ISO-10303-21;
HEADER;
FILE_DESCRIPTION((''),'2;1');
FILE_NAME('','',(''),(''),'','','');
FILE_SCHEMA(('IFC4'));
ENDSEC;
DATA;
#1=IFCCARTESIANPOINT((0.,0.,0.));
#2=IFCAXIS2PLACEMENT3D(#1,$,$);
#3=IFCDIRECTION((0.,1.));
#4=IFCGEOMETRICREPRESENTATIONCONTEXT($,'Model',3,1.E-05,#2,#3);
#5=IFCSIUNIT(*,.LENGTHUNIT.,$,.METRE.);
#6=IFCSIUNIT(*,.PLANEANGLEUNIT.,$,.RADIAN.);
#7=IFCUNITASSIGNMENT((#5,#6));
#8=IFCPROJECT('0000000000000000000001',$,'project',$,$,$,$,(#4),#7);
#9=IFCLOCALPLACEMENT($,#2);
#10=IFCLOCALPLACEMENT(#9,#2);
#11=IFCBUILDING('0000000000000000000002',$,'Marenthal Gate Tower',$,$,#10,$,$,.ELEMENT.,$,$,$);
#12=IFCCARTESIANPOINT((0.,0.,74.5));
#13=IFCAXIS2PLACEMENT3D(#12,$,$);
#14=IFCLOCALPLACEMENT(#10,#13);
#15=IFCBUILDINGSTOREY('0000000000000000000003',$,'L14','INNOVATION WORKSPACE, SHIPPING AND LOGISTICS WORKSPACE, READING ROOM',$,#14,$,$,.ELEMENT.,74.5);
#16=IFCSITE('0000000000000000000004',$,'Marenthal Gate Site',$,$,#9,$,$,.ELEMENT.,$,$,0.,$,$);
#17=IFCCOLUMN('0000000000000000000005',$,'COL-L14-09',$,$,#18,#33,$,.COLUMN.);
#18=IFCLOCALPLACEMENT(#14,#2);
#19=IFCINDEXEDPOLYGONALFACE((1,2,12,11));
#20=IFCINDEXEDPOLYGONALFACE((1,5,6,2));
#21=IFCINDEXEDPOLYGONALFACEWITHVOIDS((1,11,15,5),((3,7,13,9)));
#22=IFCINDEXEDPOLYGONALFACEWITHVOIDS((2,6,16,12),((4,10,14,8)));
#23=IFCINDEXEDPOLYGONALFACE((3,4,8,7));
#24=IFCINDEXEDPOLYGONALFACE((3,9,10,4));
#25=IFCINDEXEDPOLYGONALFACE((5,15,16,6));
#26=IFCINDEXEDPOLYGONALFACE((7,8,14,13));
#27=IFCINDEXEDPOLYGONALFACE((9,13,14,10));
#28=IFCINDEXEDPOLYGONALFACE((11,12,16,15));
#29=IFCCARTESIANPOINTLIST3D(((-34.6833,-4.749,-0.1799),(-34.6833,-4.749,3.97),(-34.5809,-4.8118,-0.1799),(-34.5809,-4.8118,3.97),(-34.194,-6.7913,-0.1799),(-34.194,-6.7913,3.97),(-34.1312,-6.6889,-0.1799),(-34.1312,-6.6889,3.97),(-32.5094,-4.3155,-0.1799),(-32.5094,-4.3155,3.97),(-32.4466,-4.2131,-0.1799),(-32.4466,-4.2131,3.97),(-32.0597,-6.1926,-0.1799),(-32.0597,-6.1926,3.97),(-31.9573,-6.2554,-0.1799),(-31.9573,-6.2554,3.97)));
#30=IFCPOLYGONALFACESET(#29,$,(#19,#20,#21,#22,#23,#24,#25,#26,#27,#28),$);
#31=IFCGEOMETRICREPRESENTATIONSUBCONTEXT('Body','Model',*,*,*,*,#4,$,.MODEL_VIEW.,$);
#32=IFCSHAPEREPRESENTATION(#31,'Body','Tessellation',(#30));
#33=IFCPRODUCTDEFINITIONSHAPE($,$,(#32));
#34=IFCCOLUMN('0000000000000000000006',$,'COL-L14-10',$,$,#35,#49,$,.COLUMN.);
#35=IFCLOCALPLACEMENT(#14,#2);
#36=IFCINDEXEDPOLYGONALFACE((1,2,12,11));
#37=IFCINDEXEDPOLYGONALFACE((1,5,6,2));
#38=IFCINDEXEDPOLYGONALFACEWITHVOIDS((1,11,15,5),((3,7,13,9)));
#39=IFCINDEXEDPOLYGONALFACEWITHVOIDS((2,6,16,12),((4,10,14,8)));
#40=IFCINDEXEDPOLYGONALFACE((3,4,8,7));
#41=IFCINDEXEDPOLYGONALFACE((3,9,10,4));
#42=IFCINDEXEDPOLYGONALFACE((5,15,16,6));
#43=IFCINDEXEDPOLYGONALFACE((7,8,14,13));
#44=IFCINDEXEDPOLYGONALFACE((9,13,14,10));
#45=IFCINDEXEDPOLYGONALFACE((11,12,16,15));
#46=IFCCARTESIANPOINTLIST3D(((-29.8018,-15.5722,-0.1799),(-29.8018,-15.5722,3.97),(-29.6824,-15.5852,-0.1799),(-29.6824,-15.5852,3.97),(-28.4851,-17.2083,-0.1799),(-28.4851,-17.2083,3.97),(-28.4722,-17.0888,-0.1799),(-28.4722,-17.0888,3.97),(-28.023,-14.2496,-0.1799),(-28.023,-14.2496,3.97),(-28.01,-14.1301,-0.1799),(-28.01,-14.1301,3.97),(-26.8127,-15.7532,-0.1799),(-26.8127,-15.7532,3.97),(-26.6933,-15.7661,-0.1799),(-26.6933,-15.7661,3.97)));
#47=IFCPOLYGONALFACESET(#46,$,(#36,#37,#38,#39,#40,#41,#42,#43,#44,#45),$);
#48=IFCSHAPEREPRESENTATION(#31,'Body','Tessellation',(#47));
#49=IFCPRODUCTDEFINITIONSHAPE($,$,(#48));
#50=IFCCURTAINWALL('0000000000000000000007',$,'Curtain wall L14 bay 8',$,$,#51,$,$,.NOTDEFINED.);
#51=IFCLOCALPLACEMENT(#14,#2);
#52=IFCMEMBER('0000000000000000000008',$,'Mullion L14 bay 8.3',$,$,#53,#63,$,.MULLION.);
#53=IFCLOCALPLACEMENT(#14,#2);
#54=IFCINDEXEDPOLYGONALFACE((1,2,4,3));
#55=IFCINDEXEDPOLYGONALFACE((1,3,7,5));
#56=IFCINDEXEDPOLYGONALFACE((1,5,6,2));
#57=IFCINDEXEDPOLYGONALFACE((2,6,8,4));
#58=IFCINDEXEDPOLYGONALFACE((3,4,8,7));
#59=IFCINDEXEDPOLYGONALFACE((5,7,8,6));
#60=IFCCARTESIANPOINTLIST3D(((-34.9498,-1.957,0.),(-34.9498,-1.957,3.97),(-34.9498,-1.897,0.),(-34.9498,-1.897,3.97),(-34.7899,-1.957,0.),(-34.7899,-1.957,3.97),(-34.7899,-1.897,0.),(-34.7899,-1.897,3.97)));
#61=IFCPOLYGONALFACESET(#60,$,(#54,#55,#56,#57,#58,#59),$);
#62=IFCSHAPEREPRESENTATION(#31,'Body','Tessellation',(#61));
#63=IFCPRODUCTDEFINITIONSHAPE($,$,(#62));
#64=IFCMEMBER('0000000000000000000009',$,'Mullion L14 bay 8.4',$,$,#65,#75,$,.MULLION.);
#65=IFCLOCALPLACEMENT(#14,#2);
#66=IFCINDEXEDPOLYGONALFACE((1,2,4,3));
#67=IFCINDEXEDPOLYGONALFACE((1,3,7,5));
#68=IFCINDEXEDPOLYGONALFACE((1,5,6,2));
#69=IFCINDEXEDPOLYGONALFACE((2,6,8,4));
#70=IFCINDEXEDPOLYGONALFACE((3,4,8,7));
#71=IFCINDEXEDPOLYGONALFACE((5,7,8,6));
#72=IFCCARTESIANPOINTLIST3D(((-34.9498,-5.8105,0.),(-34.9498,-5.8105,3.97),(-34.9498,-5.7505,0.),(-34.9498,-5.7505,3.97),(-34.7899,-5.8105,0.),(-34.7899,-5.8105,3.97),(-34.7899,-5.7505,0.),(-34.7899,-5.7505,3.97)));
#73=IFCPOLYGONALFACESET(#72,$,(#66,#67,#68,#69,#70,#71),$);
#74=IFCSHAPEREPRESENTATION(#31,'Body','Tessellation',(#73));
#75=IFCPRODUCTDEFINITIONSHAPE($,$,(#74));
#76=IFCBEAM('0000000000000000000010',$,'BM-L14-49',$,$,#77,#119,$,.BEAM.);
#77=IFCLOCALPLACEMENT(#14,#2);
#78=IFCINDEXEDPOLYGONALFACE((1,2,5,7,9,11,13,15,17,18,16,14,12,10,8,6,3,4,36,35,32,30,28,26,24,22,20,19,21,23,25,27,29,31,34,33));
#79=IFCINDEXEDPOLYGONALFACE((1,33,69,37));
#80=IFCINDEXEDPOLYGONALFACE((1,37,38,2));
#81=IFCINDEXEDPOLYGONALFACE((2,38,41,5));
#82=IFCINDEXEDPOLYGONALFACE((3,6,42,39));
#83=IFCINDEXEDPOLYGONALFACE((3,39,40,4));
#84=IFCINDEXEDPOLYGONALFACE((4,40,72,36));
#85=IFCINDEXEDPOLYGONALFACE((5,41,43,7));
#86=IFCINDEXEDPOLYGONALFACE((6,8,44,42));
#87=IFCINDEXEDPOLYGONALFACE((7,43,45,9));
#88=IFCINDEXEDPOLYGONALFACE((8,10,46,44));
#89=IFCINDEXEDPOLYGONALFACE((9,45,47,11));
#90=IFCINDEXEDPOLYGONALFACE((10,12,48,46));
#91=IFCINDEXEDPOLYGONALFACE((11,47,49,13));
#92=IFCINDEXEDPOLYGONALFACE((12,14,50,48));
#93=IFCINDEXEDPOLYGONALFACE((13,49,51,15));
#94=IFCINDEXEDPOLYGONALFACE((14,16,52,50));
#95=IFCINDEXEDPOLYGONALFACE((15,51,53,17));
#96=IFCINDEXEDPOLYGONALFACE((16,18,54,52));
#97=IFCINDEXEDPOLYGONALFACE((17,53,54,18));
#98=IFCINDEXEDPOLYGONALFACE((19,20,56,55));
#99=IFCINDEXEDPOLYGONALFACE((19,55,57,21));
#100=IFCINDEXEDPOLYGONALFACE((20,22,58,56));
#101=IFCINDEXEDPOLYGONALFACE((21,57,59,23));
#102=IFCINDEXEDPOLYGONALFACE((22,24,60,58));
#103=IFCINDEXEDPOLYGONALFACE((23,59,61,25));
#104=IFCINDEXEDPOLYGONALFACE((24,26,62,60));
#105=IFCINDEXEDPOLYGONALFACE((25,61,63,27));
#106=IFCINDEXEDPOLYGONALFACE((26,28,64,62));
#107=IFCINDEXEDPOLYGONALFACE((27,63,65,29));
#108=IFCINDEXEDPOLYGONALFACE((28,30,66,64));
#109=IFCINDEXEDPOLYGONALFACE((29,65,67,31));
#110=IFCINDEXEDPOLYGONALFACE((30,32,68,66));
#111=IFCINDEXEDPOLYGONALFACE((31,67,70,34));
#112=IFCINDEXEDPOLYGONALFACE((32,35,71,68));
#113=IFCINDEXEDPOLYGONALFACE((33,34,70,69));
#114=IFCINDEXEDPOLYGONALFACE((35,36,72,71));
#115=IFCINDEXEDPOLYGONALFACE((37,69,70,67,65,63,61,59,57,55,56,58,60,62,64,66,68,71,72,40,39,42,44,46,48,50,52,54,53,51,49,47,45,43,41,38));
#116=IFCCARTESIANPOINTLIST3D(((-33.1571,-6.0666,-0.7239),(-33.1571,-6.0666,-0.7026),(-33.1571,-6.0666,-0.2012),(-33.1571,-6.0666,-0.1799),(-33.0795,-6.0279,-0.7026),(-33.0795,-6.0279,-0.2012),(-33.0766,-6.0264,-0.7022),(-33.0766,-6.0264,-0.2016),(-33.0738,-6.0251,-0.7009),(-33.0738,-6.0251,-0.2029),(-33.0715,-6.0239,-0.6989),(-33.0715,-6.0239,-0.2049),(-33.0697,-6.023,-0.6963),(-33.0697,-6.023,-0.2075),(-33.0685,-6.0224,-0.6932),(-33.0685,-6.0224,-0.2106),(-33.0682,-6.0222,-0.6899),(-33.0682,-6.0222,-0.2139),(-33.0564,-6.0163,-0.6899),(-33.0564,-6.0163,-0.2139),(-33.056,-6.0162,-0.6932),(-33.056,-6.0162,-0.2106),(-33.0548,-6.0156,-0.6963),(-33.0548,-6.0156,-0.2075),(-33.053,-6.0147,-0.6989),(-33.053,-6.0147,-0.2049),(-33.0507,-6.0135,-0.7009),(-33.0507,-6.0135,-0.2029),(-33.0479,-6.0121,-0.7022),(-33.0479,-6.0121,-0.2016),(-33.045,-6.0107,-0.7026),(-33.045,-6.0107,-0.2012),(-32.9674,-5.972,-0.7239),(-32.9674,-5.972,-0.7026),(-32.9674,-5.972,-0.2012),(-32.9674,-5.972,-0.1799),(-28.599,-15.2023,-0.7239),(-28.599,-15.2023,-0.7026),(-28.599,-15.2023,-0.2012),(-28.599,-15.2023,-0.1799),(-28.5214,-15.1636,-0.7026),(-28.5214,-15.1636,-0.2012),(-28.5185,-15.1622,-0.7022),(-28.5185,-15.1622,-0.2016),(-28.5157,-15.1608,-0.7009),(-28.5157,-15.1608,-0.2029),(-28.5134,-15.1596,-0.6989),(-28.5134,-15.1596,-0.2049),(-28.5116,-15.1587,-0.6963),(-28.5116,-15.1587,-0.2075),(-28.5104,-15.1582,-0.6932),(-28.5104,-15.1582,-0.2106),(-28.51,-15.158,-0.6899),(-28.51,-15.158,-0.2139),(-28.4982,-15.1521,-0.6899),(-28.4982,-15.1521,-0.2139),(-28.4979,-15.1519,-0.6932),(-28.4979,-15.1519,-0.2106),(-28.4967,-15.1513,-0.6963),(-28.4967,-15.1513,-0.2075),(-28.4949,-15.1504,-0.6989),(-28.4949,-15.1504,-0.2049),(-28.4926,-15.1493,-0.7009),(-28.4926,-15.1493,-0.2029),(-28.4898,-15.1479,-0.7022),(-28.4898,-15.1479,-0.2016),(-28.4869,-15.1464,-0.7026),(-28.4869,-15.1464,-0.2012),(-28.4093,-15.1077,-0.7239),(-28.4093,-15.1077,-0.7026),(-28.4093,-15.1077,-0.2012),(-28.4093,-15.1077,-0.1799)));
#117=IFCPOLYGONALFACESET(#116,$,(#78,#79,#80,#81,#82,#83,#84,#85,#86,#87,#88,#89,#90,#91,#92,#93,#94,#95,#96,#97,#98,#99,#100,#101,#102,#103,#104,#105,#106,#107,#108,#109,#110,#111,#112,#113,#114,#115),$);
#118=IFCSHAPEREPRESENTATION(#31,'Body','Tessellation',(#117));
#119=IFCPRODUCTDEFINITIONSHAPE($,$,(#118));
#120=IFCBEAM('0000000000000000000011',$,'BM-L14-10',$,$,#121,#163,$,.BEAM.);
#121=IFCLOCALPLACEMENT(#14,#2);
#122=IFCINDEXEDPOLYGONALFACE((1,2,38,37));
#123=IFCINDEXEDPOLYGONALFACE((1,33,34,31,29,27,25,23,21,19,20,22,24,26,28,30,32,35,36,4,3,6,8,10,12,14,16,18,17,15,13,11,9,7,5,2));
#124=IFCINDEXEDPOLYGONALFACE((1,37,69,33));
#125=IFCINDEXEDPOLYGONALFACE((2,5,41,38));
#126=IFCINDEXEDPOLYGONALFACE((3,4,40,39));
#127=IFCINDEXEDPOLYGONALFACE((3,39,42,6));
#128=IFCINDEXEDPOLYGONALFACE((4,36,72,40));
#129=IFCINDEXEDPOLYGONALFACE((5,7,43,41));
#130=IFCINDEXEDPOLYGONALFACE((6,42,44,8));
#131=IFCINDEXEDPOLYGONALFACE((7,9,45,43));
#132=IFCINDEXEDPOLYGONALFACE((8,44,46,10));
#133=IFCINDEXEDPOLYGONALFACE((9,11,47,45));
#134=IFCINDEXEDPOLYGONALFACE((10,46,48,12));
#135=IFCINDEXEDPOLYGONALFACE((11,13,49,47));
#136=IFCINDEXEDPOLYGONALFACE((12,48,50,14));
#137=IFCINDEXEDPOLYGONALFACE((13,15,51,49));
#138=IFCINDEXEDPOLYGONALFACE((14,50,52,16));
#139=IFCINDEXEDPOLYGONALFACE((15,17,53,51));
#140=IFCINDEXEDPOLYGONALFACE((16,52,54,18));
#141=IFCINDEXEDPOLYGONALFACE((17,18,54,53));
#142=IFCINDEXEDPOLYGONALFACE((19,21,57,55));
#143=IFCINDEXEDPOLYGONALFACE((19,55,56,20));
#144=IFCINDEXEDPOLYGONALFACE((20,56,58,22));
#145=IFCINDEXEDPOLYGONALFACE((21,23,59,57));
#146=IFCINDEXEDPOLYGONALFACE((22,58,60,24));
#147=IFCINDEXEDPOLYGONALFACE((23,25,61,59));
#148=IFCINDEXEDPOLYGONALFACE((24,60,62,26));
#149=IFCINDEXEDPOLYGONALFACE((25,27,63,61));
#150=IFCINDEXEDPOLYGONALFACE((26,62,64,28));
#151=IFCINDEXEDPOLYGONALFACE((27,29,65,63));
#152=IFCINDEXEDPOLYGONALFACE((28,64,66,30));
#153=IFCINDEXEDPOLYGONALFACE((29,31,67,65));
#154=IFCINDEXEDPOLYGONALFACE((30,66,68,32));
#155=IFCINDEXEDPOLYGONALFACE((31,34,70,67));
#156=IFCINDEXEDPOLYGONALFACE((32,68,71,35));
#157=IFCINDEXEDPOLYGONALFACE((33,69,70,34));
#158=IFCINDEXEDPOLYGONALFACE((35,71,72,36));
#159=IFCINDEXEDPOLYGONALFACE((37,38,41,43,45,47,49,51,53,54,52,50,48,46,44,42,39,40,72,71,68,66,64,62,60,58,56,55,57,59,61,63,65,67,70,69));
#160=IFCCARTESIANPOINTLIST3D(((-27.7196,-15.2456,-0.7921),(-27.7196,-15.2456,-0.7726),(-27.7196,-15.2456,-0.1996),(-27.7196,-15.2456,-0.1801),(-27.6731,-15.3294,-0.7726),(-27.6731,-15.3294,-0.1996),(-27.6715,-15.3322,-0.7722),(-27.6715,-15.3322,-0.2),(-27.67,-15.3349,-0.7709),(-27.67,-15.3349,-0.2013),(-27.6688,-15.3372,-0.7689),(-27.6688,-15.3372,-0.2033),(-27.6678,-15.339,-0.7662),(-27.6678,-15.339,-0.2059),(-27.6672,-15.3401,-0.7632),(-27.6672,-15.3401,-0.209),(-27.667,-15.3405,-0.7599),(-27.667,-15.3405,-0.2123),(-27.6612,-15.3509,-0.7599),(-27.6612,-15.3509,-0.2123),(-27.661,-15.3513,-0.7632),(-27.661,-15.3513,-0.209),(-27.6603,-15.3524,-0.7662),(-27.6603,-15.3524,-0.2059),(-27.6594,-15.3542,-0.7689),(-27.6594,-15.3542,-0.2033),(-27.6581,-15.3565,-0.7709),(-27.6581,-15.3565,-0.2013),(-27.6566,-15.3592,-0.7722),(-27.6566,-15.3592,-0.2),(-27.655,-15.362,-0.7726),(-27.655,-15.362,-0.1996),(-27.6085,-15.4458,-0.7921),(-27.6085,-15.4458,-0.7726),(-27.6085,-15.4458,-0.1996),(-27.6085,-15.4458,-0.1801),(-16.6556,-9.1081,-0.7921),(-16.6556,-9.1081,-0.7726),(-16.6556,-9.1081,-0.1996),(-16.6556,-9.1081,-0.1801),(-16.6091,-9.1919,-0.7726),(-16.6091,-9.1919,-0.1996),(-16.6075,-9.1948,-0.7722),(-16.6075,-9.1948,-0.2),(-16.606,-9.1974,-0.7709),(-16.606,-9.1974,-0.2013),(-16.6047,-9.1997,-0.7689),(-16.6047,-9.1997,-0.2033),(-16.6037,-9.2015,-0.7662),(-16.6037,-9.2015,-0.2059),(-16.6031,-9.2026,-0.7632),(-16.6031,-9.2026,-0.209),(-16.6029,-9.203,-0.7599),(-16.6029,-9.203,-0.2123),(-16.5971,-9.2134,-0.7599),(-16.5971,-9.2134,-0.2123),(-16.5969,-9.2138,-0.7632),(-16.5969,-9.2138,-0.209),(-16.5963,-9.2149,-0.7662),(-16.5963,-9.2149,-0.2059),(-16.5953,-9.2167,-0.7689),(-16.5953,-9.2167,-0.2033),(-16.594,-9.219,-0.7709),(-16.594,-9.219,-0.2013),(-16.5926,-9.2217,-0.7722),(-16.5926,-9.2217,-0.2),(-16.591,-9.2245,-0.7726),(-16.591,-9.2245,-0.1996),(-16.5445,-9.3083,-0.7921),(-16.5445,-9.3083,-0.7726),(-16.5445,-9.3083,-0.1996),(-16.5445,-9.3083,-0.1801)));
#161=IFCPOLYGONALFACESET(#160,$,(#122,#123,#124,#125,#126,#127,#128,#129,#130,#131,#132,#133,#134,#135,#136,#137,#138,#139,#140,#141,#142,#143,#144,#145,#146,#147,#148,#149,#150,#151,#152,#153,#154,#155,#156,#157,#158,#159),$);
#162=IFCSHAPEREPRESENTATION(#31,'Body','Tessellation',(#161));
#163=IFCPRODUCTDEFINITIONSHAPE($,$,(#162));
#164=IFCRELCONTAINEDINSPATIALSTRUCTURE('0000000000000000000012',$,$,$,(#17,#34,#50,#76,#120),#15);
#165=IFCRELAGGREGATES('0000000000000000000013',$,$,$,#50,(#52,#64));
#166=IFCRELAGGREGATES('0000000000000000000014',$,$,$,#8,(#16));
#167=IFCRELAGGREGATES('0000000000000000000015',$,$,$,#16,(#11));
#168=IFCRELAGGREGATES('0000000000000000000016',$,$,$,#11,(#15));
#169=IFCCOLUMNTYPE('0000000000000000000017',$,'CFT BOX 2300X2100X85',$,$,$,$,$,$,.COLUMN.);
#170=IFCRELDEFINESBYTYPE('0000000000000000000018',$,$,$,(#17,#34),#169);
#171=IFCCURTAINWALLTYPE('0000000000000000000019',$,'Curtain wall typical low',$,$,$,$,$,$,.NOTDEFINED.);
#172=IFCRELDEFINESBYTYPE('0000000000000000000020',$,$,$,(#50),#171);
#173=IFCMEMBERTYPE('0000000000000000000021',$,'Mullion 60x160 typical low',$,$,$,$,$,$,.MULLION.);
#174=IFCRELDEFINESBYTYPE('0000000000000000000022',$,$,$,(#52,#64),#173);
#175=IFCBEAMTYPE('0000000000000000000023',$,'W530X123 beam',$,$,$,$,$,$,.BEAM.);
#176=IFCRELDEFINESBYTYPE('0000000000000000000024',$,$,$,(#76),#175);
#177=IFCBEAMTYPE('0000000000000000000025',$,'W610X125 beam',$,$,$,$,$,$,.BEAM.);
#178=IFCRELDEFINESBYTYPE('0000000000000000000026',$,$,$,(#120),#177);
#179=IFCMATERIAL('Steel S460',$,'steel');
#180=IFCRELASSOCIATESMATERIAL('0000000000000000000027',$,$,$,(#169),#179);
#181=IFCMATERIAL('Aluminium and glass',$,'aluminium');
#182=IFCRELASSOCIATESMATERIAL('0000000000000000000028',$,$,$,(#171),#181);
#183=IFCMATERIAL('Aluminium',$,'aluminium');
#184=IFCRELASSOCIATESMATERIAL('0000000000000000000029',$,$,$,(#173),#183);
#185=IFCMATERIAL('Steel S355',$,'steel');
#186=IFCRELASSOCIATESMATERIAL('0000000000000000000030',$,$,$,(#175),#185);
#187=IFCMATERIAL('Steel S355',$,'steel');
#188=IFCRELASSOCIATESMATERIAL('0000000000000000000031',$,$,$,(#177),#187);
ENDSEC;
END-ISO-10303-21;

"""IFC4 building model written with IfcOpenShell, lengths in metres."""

from ifc_helpers import new_model, si_unit, direction, frame, origin, origin_2d, place, context, subcontext, project, spatial, rectangle, hollow_rectangle, i_section, extrude, material, material_profile, profile_set, type_object, element, aggregate, save


model = new_model("IFC4")

# Units and contexts
model_context = context("Model", 3, precision=1e-05, world=origin(), true_north=direction((0.0, 1.0)))
body_context = subcontext(model_context, "Body", "Model", "MODEL_VIEW")
ifc_project = project(units=[si_unit("LENGTHUNIT", "METRE"), si_unit("PLANEANGLEUNIT", "RADIAN")], contexts=[model_context])

# Site, building, storey
site_placement = place(None, origin())
site = spatial("IfcSite", under=ifc_project, at=site_placement, Name="Marenthal Gate Site", CompositionType="ELEMENT", RefElevation=0.0)
building_placement = place(site_placement, origin())
building = spatial("IfcBuilding", under=site, at=building_placement, Name="Marenthal Gate Tower", CompositionType="ELEMENT")
storey_placement = place(building_placement, frame((0.0, 0.0, 74.5)))
storey = spatial("IfcBuildingStorey", under=building, at=storey_placement, Name="L14", Description="INNOVATION WORKSPACE, SHIPPING AND LOGISTICS WORKSPACE, READING ROOM", CompositionType="ELEMENT", Elevation=74.5)

# Columns
ifc_material_1 = material(Name="Steel S460", Category="steel")
ifc_material_profile_1 = material_profile(ifc_material_1, hollow_rectangle(XDim=2.1001, YDim=2.3, WallThickness=0.085, at=origin_2d()), Name="CFT BOX 2300X2100X85")
ifc_material_2 = material(Name="Concrete 70 MPa", Category="concrete")
ifc_material_profile_2 = material_profile(ifc_material_2, rectangle(XDim=1.9299, YDim=2.1299, at=origin_2d()), Name="CFT BOX 2300X2100X85 INFILL")
ifc_profile_set_1 = profile_set([ifc_material_profile_1, ifc_material_profile_2], Name="Steel S460 shell, Concrete 70 MPa infill")
column_type = type_object("IfcColumnType", Name="CFT BOX 2300X2100X85", PredefinedType="COLUMN", material=ifc_profile_set_1)
for number, where, z_axis, x_axis, name in (
    (1, (-33.3203, -5.5022, -0.1799), (0.0, 0.0, 1.0), (-0.233004, 0.972476, 0.0), "COL-L14-09"),
    (2, (-28.2476, -15.6692, -0.1799), (0.0, 0.0, 1.0), (-0.626997, 0.779022, 0.0), "COL-L14-10"),
):
    element("IfcColumn", number, at=place(storey_placement, frame(where, z_axis=z_axis, x_axis=x_axis)), inside=storey, type_object=column_type, Name=name, PredefinedType="COLUMN", context=body_context, shape_type="SweptSolid", body=[
        extrude(hollow_rectangle(XDim=2.1001, YDim=2.3, WallThickness=0.085, at=origin_2d()), origin(), (0.0, 0.0, 1.0), 4.1499),
    ])

# Curtain wall, members
ifc_material_3 = material(Name="Aluminium and glass", Category="aluminium")
curtain_wall_type = type_object("IfcCurtainWallType", Name="Curtain wall typical low", PredefinedType="NOTDEFINED", material=ifc_material_3)
curtain_wall_placement = place(storey_placement, origin())
curtain_wall = element("IfcCurtainWall", 3, at=curtain_wall_placement, inside=storey, type_object=curtain_wall_type, Name="Curtain wall L14 bay 8", PredefinedType="NOTDEFINED")
ifc_material_4 = material(Name="Aluminium", Category="aluminium")
ifc_material_profile_3 = material_profile(ifc_material_4, rectangle(XDim=0.1599, YDim=0.0601, at=origin_2d()), Name="60x160 aluminium mullion")
ifc_profile_set_2 = profile_set([ifc_material_profile_3], Name="Aluminium")
member_type = type_object("IfcMemberType", Name="Mullion 60x160 typical low", PredefinedType="MULLION", material=ifc_profile_set_2)
member_1_placement = place(storey_placement, frame((-34.8699, -1.927, 0.0), z_axis=(0.0, 0.0, 1.0), x_axis=(1.0, 0.0, 0.0)))
member_1 = element("IfcMember", 4, at=member_1_placement, type_object=member_type, Name="Mullion L14 bay 8.3", PredefinedType="MULLION", context=body_context, shape_type="SweptSolid", body=[
    extrude(rectangle(XDim=0.1599, YDim=0.0601, at=origin_2d()), origin(), (0.0, 0.0, 1.0), 3.97),
])
member_2_placement = place(storey_placement, frame((-34.8699, -5.7805, 0.0), z_axis=(0.0, 0.0, 1.0), x_axis=(1.0, 0.0, 0.0)))
member_2 = element("IfcMember", 5, at=member_2_placement, type_object=member_type, Name="Mullion L14 bay 8.4", PredefinedType="MULLION", context=body_context, shape_type="SweptSolid", body=[
    extrude(rectangle(XDim=0.1599, YDim=0.0601, at=origin_2d()), origin(), (0.0, 0.0, 1.0), 3.97),
])

# Beams
ifc_material_5 = material(Name="Steel S355", Category="steel")
ifc_material_profile_4 = material_profile(ifc_material_5, i_section(OverallWidth=0.2119, OverallDepth=0.5439, WebThickness=0.0132, FlangeThickness=0.0212, FilletRadius=0.0127, at=origin_2d()), Name="W530X123")
ifc_profile_set_3 = profile_set([ifc_material_profile_4], Name="Steel S355")
beam_type_1 = type_object("IfcBeamType", Name="W530X123 beam", PredefinedType="BEAM", material=ifc_profile_set_3)
beam_1_placement = place(storey_placement, frame((-33.0623, -6.0193, -0.4519), z_axis=(0.446448, -0.894809, 0.0), x_axis=(0.894809, 0.446448, 0.0)))
element("IfcBeam", 6, at=beam_1_placement, inside=storey, type_object=beam_type_1, Name="BM-L14-49", PredefinedType="BEAM", context=body_context, shape_type="SweptSolid", body=[
    extrude(i_section(OverallWidth=0.2119, OverallDepth=0.5439, WebThickness=0.0132, FlangeThickness=0.0212, FilletRadius=0.0127, at=origin_2d()), origin(), (0.0, 0.0, 1.0), 10.2097),
])
ifc_material_6 = material(Name="Steel S355", Category="steel")
ifc_material_profile_5 = material_profile(ifc_material_6, i_section(OverallWidth=0.229, OverallDepth=0.6121, WebThickness=0.012, FlangeThickness=0.0195, FilletRadius=0.0127, at=origin_2d()), Name="W610X125")
ifc_profile_set_4 = profile_set([ifc_material_profile_5], Name="Steel S355")
beam_type_2 = type_object("IfcBeamType", Name="W610X125 beam", PredefinedType="BEAM", material=ifc_profile_set_4)
beam_2_placement = place(storey_placement, frame((-27.6641, -15.3457, -0.4861), z_axis=(0.874466, 0.485087, 0.0), x_axis=(-0.485087, 0.874466, 0.0)))
element("IfcBeam", 7, at=beam_2_placement, inside=storey, type_object=beam_type_2, Name="BM-L14-10", PredefinedType="BEAM", context=body_context, shape_type="SweptSolid", body=[
    extrude(i_section(OverallWidth=0.229, OverallDepth=0.6121, WebThickness=0.012, FlangeThickness=0.0195, FilletRadius=0.0127, at=origin_2d()), origin(), (0.0, 0.0, 1.0), 12.6523),
])

aggregate(curtain_wall, [member_1, member_2])

save(model, "model.ifc")
